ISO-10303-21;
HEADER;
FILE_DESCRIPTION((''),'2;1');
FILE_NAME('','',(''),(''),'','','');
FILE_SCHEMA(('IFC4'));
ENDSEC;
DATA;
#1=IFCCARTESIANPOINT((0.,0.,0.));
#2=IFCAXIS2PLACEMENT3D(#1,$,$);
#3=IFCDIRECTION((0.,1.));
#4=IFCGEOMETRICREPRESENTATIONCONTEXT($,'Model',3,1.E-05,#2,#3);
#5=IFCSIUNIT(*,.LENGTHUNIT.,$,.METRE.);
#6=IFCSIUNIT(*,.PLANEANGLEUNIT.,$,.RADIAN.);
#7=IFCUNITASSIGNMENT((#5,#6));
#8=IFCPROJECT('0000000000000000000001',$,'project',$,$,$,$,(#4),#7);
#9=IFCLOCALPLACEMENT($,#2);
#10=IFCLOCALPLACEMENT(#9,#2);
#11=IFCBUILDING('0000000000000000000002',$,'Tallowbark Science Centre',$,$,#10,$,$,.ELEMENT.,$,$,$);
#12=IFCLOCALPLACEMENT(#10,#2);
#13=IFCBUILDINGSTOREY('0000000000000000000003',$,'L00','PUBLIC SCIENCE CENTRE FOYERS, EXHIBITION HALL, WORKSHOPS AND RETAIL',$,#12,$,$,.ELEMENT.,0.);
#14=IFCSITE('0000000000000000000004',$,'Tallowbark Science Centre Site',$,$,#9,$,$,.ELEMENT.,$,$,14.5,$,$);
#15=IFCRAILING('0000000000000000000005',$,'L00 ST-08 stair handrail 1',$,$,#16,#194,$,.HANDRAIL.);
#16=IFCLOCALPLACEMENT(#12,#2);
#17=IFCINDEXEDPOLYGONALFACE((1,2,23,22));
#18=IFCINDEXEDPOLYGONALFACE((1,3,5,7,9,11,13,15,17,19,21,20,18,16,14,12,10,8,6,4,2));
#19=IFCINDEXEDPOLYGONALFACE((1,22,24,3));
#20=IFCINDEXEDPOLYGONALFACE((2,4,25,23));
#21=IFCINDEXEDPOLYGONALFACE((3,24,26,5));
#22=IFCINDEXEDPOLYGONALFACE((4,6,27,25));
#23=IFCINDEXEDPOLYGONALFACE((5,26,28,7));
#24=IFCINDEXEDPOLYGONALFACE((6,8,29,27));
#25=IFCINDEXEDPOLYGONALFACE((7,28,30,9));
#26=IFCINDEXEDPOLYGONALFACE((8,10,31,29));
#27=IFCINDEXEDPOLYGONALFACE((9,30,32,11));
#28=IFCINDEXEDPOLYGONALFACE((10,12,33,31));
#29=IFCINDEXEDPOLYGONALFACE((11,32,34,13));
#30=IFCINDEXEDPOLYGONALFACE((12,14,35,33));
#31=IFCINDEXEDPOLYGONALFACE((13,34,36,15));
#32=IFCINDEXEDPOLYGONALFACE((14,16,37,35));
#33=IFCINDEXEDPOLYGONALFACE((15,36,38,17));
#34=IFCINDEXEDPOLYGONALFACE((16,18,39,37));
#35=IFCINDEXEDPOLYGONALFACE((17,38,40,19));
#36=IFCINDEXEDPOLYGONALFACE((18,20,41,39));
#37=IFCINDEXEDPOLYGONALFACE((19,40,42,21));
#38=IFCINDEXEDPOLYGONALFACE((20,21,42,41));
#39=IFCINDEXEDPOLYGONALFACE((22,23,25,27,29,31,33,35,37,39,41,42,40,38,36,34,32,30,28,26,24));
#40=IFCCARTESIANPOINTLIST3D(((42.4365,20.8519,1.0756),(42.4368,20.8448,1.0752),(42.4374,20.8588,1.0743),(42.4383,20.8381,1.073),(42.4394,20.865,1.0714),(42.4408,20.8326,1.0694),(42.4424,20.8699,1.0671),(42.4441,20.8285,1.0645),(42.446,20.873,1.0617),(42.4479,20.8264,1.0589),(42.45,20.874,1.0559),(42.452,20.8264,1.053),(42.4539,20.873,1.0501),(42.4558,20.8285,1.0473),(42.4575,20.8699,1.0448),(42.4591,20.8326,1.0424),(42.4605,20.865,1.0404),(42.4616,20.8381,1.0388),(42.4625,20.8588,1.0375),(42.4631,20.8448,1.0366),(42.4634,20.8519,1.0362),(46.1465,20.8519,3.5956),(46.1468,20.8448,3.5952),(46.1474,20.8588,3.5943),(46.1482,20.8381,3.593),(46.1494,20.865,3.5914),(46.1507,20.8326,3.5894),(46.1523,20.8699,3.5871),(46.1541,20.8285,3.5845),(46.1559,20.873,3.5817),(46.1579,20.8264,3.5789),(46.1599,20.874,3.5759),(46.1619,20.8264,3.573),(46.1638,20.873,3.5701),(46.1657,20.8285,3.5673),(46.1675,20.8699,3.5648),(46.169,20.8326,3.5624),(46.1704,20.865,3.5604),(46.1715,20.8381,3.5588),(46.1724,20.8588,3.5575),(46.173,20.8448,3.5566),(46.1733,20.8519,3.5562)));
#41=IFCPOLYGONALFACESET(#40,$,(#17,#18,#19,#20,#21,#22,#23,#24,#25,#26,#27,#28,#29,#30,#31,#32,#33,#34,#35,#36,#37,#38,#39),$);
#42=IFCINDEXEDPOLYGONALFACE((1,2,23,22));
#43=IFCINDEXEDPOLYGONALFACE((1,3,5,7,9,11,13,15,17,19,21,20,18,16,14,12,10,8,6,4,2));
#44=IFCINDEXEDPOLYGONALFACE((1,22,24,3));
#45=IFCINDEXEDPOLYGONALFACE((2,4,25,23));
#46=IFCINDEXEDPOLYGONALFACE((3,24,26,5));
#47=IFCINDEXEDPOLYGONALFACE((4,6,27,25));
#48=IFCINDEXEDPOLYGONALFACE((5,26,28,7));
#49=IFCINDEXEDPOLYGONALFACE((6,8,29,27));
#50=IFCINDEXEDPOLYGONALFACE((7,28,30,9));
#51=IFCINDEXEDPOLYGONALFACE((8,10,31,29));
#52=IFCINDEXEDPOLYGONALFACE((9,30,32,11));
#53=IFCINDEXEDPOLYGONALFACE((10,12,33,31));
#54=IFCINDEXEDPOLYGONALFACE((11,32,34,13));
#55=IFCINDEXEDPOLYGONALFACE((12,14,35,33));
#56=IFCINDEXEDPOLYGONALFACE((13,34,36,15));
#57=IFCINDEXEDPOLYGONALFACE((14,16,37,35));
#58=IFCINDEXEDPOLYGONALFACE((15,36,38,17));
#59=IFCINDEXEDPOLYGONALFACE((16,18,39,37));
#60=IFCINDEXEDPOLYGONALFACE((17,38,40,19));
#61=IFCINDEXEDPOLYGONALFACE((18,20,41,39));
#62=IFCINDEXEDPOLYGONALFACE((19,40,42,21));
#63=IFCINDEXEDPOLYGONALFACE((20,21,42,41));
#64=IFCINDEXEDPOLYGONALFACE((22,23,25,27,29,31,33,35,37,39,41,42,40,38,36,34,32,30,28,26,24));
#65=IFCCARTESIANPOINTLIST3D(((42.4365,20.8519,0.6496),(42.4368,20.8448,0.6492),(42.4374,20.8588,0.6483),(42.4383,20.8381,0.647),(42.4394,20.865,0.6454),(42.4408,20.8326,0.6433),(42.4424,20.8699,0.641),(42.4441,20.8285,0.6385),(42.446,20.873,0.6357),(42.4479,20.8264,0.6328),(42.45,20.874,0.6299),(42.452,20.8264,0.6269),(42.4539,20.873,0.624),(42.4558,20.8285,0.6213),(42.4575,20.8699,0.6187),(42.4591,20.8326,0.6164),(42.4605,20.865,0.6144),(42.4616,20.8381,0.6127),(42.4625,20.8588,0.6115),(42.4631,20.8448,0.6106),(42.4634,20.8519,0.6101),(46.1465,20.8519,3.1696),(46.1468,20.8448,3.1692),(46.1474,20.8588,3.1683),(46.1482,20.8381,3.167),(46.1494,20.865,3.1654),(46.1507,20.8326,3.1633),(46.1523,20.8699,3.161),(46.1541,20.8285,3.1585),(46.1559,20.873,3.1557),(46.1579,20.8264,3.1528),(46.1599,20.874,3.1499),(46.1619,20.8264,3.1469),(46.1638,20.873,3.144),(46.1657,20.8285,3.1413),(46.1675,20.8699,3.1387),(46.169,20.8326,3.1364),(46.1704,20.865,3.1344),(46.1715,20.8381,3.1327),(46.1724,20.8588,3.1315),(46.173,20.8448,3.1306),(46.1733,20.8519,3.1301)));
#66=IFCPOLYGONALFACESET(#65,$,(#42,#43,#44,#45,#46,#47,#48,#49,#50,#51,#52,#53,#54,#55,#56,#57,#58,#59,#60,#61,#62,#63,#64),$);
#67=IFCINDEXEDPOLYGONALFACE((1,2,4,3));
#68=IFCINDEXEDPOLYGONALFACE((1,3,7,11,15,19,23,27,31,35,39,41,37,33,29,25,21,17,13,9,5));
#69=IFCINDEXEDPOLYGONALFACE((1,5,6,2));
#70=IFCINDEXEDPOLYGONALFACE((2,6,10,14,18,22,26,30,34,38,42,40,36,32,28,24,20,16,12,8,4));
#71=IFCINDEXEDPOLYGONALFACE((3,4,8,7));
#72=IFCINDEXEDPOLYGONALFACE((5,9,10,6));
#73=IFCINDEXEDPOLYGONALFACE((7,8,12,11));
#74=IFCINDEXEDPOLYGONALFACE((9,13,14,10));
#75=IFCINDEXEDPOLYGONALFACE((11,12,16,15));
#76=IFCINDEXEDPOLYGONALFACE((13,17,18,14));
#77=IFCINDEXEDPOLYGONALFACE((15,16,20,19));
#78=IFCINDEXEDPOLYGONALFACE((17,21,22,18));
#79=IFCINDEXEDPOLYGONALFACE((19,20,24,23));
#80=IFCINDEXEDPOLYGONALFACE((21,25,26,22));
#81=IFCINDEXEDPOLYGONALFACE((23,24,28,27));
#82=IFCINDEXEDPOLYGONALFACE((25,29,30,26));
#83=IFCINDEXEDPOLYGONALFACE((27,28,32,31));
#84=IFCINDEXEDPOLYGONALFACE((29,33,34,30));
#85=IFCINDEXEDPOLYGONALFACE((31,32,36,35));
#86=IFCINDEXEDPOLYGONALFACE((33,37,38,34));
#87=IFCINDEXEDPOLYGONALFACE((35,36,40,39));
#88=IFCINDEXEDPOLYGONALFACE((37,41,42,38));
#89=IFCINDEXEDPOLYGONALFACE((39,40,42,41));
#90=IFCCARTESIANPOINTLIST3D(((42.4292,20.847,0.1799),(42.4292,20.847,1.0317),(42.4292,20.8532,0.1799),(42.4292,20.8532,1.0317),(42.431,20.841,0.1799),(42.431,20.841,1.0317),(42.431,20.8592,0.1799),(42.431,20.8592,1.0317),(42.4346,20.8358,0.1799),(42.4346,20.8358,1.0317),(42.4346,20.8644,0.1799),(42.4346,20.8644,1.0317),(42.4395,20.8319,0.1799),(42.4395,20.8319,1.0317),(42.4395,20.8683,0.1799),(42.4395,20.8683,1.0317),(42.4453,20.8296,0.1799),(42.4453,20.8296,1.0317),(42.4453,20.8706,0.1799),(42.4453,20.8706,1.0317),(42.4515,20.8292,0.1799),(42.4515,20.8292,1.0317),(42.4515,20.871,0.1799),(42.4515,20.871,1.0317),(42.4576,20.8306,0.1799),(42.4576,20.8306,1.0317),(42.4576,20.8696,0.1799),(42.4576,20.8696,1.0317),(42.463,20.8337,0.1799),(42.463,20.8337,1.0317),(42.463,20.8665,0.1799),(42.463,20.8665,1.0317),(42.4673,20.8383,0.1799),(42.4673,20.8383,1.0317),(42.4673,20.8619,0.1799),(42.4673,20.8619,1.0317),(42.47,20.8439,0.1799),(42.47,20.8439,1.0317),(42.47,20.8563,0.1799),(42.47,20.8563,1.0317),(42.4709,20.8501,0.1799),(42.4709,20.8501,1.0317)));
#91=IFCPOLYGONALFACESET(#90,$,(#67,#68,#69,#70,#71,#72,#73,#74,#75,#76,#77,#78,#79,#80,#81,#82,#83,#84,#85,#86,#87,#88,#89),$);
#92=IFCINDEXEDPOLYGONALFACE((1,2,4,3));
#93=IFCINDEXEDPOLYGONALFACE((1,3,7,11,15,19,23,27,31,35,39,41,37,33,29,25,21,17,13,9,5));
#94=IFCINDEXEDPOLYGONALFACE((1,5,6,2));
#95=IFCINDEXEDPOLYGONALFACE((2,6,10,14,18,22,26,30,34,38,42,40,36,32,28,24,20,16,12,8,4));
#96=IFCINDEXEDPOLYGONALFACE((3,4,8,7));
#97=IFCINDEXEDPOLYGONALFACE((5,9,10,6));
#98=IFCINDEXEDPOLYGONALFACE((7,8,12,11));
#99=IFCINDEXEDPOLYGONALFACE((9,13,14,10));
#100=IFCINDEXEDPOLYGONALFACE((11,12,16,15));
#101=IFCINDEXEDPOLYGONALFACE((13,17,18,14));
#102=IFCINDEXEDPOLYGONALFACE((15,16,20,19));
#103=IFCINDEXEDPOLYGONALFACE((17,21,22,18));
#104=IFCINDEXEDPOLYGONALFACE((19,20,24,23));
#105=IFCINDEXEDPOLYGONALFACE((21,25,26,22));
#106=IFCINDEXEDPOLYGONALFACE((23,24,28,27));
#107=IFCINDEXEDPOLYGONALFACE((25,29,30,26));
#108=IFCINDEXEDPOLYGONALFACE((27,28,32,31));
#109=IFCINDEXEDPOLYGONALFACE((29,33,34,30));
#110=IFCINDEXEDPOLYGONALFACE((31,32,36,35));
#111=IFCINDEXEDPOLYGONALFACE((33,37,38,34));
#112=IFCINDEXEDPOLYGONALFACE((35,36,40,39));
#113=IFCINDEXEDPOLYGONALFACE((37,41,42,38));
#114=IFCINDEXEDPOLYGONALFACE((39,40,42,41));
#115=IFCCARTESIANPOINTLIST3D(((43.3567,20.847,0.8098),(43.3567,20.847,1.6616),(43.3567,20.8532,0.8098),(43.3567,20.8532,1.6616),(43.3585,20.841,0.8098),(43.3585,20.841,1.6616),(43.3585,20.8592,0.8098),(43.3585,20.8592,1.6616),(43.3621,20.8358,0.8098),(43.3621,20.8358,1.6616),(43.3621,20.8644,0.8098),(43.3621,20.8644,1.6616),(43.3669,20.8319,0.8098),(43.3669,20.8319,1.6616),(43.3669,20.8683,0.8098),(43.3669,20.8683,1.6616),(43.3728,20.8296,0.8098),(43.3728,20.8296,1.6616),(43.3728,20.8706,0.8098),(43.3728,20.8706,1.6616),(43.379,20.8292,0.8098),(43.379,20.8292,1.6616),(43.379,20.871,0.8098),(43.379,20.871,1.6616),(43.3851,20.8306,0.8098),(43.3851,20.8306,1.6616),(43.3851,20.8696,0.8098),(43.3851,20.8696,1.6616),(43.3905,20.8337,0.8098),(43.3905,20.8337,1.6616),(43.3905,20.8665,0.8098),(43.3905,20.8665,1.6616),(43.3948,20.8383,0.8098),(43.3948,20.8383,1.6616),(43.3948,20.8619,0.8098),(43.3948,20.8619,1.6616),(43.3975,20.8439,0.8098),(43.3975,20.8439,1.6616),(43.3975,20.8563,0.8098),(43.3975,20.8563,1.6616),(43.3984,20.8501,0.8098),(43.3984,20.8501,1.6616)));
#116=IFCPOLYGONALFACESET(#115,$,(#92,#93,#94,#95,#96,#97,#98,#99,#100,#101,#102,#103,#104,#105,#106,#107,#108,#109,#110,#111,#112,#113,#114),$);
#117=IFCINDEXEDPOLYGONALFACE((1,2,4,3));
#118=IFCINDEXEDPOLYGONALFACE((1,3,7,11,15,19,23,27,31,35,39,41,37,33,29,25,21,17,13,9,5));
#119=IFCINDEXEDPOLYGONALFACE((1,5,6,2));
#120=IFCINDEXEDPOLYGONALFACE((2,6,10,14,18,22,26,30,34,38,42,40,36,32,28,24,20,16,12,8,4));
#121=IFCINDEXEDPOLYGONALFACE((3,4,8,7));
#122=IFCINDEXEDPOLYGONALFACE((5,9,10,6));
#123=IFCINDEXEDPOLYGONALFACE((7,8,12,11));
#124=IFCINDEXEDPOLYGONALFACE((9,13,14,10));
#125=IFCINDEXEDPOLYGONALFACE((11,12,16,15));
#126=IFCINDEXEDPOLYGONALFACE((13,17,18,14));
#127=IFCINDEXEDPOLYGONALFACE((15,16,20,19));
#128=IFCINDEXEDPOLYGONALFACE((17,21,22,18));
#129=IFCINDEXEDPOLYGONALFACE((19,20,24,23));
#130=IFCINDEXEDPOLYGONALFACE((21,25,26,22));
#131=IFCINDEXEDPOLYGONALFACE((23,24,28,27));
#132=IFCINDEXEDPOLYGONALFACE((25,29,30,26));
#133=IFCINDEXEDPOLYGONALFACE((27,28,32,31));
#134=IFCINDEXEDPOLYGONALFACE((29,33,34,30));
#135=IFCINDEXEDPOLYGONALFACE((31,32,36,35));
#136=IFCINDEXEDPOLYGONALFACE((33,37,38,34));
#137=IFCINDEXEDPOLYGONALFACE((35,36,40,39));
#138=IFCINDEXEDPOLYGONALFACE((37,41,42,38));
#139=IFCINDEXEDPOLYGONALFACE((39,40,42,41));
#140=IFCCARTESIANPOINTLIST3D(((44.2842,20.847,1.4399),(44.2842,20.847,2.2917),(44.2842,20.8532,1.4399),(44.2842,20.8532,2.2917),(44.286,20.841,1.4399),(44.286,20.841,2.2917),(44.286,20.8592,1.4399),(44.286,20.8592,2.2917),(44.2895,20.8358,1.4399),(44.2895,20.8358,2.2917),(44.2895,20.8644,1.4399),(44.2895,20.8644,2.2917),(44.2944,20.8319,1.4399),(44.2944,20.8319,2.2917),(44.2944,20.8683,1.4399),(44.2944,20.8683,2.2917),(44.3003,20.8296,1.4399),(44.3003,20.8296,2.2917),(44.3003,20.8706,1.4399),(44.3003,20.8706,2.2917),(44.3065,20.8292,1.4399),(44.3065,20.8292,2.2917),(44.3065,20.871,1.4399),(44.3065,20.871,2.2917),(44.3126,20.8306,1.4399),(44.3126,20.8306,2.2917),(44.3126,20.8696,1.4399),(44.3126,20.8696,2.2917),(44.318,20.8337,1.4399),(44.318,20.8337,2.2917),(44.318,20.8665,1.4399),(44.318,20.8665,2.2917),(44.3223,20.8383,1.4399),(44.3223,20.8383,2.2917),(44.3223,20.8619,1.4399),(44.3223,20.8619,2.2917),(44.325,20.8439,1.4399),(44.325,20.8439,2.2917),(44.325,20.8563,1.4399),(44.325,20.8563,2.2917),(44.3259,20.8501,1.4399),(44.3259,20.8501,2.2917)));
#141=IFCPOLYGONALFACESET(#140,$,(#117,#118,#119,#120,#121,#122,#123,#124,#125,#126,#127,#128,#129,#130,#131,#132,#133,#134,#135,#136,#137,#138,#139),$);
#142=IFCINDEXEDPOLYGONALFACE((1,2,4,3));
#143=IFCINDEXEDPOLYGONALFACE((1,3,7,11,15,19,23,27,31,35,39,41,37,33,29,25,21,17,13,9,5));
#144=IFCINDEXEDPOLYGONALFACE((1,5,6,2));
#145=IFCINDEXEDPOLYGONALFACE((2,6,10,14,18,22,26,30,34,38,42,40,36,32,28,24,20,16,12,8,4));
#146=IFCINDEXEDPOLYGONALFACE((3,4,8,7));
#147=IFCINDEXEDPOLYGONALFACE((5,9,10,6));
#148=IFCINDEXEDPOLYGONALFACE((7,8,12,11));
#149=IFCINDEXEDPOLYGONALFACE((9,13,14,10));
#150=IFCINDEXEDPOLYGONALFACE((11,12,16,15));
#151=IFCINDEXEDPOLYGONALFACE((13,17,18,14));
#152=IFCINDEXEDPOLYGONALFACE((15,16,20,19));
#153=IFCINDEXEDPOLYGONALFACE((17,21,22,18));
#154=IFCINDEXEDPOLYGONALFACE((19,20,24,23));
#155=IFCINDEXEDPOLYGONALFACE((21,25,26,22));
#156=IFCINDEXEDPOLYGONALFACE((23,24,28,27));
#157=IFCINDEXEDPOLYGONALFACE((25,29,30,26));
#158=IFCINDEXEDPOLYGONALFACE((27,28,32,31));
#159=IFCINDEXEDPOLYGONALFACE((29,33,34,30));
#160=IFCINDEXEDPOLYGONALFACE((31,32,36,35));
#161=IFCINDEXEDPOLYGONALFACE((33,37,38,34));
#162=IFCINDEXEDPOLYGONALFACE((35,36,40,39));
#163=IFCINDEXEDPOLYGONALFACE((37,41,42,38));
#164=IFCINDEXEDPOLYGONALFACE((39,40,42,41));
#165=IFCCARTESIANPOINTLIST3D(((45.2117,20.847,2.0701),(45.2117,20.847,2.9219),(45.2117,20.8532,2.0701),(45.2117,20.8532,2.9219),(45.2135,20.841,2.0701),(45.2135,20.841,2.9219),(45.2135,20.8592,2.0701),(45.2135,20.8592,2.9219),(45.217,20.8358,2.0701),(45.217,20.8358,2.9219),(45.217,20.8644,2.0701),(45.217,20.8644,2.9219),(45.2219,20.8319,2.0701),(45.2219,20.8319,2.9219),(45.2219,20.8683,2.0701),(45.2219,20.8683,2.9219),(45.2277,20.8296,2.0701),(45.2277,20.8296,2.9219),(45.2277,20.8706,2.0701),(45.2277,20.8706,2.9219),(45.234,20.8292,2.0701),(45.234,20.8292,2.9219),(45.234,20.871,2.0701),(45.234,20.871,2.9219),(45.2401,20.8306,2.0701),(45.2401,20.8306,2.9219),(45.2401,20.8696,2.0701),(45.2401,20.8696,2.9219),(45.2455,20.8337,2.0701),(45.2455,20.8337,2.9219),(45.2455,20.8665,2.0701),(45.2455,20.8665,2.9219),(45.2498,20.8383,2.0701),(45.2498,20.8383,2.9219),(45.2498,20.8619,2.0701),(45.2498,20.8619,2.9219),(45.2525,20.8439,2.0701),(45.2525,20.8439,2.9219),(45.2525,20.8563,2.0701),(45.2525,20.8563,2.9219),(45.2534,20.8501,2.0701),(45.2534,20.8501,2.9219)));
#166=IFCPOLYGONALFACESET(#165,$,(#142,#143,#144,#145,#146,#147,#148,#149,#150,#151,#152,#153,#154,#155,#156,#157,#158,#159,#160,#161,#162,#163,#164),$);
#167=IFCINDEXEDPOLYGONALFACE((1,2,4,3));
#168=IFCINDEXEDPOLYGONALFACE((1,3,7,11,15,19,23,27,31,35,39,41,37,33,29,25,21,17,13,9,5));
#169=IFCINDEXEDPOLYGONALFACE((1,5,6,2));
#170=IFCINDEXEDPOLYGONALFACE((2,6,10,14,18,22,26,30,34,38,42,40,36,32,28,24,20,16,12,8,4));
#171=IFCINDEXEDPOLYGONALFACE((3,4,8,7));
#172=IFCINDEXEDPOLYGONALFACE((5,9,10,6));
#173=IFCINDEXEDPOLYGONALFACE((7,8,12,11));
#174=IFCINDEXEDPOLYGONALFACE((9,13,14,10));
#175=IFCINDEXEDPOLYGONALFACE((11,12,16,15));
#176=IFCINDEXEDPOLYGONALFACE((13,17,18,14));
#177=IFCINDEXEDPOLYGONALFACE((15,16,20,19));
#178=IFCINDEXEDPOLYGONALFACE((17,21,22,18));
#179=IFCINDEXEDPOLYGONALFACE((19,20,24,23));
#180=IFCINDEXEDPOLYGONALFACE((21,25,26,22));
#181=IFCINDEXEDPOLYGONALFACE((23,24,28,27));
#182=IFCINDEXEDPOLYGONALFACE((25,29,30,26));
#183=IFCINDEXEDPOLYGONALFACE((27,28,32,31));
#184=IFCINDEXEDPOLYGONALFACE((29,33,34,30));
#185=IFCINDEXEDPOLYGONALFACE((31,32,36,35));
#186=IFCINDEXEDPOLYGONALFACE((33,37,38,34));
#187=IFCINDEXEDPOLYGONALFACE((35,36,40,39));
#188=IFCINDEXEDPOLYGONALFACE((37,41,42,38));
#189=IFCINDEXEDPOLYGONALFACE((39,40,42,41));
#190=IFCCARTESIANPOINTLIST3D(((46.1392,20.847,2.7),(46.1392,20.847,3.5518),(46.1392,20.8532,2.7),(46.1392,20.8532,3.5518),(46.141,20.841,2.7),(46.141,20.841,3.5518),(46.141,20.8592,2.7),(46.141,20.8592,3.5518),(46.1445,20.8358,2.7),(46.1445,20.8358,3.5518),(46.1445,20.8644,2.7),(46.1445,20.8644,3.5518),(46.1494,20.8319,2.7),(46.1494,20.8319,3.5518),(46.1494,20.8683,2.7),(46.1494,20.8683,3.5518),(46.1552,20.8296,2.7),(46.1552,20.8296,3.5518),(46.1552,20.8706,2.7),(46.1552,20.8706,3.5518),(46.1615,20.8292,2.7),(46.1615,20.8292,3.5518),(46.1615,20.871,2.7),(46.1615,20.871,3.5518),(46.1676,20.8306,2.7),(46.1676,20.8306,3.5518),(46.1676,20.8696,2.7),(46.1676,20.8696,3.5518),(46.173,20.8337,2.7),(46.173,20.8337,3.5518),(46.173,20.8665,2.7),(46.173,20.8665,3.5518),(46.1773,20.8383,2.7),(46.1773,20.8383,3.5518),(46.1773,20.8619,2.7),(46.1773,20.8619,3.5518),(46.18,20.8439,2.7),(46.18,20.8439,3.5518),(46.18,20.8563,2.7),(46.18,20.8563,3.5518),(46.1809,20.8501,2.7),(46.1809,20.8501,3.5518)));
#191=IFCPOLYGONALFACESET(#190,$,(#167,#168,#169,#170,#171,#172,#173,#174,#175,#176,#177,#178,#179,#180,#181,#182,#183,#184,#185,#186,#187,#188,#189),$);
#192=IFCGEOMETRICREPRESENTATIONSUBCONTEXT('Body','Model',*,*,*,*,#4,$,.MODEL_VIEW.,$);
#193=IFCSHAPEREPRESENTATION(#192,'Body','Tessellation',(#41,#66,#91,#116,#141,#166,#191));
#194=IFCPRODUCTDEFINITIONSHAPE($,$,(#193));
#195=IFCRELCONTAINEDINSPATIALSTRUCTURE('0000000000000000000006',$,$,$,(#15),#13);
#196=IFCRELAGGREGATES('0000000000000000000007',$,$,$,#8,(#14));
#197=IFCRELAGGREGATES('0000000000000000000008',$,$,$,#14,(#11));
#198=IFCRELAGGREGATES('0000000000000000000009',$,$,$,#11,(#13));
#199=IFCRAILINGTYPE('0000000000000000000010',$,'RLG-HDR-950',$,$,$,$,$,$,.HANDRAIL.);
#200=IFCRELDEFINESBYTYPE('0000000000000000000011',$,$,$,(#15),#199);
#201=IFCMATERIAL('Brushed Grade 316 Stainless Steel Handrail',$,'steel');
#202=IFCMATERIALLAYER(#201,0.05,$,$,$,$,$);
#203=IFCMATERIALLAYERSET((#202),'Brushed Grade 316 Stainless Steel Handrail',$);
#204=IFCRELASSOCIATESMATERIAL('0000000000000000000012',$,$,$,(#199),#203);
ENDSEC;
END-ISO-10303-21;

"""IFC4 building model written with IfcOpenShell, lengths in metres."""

from ifc_helpers import new_model, si_unit, direction, frame, origin, origin_2d, place, context, subcontext, project, spatial, circle, extrude, material, layer, layer_set, type_object, element, save


model = new_model("IFC4")

# Units and contexts
model_context = context("Model", 3, precision=1e-05, world=origin(), true_north=direction((0.0, 1.0)))
body_context = subcontext(model_context, "Body", "Model", "MODEL_VIEW")
ifc_project = project(units=[si_unit("LENGTHUNIT", "METRE"), si_unit("PLANEANGLEUNIT", "RADIAN")], contexts=[model_context])

# Site, building, storey
site_placement = place(None, origin())
site = spatial("IfcSite", under=ifc_project, at=site_placement, Name="Tallowbark Science Centre Site", CompositionType="ELEMENT", RefElevation=14.5)
building_placement = place(site_placement, origin())
building = spatial("IfcBuilding", under=site, at=building_placement, Name="Tallowbark Science Centre", CompositionType="ELEMENT")
storey_placement = place(building_placement, origin())
storey = spatial("IfcBuildingStorey", under=building, at=storey_placement, Name="L00", Description="PUBLIC SCIENCE CENTRE FOYERS, EXHIBITION HALL, WORKSHOPS AND RETAIL", CompositionType="ELEMENT", Elevation=0.0)

# Railing
ifc_material_1 = material(Name="Brushed Grade 316 Stainless Steel Handrail", Category="steel")
ifc_layer_1 = layer(ifc_material_1, 0.05)
ifc_layer_set_1 = layer_set([ifc_layer_1], Name="Brushed Grade 316 Stainless Steel Handrail")
railing_type_1 = type_object("IfcRailingType", Name="RLG-HDR-950", PredefinedType="HANDRAIL", material=ifc_layer_set_1)
railing_1_placement = place(storey_placement, frame((42.45, 20.8501, 0.1799)))
element("IfcRailing", 1, at=railing_1_placement, inside=storey, type_object=railing_type_1, Name="L00 ST-08 stair handrail 1", PredefinedType="HANDRAIL", context=body_context, shape_type="SweptSolid", body=[
    extrude(circle(Radius=0.0239, at=origin_2d()), frame((0.0, 0.0, 0.876), z_axis=(0.827212, 0.0, 0.56189), x_axis=(0.0, 1.0, 0.0)), (0.0, 0.0, 1.0), 4.4849),
    extrude(circle(Radius=0.0239, at=origin_2d()), frame((0.0, 0.0, 0.45), z_axis=(0.827212, 0.0, 0.56189), x_axis=(0.0, 1.0, 0.0)), (0.0, 0.0, 1.0), 4.4849),
    extrude(circle(Radius=0.021, at=origin_2d()), origin(), (0.0, 0.0, 1.0), 0.8518),
    extrude(circle(Radius=0.021, at=origin_2d()), frame((0.9275, 0.0, 0.6299)), (0.0, 0.0, 1.0), 0.8518),
    extrude(circle(Radius=0.021, at=origin_2d()), frame((1.855, 0.0, 1.26)), (0.0, 0.0, 1.0), 0.8518),
    extrude(circle(Radius=0.021, at=origin_2d()), frame((2.7825, 0.0, 1.8901)), (0.0, 0.0, 1.0), 0.8518),
    extrude(circle(Radius=0.021, at=origin_2d()), frame((3.71, 0.0, 2.52)), (0.0, 0.0, 1.0), 0.8518),
])

save(model, "model.ifc")
